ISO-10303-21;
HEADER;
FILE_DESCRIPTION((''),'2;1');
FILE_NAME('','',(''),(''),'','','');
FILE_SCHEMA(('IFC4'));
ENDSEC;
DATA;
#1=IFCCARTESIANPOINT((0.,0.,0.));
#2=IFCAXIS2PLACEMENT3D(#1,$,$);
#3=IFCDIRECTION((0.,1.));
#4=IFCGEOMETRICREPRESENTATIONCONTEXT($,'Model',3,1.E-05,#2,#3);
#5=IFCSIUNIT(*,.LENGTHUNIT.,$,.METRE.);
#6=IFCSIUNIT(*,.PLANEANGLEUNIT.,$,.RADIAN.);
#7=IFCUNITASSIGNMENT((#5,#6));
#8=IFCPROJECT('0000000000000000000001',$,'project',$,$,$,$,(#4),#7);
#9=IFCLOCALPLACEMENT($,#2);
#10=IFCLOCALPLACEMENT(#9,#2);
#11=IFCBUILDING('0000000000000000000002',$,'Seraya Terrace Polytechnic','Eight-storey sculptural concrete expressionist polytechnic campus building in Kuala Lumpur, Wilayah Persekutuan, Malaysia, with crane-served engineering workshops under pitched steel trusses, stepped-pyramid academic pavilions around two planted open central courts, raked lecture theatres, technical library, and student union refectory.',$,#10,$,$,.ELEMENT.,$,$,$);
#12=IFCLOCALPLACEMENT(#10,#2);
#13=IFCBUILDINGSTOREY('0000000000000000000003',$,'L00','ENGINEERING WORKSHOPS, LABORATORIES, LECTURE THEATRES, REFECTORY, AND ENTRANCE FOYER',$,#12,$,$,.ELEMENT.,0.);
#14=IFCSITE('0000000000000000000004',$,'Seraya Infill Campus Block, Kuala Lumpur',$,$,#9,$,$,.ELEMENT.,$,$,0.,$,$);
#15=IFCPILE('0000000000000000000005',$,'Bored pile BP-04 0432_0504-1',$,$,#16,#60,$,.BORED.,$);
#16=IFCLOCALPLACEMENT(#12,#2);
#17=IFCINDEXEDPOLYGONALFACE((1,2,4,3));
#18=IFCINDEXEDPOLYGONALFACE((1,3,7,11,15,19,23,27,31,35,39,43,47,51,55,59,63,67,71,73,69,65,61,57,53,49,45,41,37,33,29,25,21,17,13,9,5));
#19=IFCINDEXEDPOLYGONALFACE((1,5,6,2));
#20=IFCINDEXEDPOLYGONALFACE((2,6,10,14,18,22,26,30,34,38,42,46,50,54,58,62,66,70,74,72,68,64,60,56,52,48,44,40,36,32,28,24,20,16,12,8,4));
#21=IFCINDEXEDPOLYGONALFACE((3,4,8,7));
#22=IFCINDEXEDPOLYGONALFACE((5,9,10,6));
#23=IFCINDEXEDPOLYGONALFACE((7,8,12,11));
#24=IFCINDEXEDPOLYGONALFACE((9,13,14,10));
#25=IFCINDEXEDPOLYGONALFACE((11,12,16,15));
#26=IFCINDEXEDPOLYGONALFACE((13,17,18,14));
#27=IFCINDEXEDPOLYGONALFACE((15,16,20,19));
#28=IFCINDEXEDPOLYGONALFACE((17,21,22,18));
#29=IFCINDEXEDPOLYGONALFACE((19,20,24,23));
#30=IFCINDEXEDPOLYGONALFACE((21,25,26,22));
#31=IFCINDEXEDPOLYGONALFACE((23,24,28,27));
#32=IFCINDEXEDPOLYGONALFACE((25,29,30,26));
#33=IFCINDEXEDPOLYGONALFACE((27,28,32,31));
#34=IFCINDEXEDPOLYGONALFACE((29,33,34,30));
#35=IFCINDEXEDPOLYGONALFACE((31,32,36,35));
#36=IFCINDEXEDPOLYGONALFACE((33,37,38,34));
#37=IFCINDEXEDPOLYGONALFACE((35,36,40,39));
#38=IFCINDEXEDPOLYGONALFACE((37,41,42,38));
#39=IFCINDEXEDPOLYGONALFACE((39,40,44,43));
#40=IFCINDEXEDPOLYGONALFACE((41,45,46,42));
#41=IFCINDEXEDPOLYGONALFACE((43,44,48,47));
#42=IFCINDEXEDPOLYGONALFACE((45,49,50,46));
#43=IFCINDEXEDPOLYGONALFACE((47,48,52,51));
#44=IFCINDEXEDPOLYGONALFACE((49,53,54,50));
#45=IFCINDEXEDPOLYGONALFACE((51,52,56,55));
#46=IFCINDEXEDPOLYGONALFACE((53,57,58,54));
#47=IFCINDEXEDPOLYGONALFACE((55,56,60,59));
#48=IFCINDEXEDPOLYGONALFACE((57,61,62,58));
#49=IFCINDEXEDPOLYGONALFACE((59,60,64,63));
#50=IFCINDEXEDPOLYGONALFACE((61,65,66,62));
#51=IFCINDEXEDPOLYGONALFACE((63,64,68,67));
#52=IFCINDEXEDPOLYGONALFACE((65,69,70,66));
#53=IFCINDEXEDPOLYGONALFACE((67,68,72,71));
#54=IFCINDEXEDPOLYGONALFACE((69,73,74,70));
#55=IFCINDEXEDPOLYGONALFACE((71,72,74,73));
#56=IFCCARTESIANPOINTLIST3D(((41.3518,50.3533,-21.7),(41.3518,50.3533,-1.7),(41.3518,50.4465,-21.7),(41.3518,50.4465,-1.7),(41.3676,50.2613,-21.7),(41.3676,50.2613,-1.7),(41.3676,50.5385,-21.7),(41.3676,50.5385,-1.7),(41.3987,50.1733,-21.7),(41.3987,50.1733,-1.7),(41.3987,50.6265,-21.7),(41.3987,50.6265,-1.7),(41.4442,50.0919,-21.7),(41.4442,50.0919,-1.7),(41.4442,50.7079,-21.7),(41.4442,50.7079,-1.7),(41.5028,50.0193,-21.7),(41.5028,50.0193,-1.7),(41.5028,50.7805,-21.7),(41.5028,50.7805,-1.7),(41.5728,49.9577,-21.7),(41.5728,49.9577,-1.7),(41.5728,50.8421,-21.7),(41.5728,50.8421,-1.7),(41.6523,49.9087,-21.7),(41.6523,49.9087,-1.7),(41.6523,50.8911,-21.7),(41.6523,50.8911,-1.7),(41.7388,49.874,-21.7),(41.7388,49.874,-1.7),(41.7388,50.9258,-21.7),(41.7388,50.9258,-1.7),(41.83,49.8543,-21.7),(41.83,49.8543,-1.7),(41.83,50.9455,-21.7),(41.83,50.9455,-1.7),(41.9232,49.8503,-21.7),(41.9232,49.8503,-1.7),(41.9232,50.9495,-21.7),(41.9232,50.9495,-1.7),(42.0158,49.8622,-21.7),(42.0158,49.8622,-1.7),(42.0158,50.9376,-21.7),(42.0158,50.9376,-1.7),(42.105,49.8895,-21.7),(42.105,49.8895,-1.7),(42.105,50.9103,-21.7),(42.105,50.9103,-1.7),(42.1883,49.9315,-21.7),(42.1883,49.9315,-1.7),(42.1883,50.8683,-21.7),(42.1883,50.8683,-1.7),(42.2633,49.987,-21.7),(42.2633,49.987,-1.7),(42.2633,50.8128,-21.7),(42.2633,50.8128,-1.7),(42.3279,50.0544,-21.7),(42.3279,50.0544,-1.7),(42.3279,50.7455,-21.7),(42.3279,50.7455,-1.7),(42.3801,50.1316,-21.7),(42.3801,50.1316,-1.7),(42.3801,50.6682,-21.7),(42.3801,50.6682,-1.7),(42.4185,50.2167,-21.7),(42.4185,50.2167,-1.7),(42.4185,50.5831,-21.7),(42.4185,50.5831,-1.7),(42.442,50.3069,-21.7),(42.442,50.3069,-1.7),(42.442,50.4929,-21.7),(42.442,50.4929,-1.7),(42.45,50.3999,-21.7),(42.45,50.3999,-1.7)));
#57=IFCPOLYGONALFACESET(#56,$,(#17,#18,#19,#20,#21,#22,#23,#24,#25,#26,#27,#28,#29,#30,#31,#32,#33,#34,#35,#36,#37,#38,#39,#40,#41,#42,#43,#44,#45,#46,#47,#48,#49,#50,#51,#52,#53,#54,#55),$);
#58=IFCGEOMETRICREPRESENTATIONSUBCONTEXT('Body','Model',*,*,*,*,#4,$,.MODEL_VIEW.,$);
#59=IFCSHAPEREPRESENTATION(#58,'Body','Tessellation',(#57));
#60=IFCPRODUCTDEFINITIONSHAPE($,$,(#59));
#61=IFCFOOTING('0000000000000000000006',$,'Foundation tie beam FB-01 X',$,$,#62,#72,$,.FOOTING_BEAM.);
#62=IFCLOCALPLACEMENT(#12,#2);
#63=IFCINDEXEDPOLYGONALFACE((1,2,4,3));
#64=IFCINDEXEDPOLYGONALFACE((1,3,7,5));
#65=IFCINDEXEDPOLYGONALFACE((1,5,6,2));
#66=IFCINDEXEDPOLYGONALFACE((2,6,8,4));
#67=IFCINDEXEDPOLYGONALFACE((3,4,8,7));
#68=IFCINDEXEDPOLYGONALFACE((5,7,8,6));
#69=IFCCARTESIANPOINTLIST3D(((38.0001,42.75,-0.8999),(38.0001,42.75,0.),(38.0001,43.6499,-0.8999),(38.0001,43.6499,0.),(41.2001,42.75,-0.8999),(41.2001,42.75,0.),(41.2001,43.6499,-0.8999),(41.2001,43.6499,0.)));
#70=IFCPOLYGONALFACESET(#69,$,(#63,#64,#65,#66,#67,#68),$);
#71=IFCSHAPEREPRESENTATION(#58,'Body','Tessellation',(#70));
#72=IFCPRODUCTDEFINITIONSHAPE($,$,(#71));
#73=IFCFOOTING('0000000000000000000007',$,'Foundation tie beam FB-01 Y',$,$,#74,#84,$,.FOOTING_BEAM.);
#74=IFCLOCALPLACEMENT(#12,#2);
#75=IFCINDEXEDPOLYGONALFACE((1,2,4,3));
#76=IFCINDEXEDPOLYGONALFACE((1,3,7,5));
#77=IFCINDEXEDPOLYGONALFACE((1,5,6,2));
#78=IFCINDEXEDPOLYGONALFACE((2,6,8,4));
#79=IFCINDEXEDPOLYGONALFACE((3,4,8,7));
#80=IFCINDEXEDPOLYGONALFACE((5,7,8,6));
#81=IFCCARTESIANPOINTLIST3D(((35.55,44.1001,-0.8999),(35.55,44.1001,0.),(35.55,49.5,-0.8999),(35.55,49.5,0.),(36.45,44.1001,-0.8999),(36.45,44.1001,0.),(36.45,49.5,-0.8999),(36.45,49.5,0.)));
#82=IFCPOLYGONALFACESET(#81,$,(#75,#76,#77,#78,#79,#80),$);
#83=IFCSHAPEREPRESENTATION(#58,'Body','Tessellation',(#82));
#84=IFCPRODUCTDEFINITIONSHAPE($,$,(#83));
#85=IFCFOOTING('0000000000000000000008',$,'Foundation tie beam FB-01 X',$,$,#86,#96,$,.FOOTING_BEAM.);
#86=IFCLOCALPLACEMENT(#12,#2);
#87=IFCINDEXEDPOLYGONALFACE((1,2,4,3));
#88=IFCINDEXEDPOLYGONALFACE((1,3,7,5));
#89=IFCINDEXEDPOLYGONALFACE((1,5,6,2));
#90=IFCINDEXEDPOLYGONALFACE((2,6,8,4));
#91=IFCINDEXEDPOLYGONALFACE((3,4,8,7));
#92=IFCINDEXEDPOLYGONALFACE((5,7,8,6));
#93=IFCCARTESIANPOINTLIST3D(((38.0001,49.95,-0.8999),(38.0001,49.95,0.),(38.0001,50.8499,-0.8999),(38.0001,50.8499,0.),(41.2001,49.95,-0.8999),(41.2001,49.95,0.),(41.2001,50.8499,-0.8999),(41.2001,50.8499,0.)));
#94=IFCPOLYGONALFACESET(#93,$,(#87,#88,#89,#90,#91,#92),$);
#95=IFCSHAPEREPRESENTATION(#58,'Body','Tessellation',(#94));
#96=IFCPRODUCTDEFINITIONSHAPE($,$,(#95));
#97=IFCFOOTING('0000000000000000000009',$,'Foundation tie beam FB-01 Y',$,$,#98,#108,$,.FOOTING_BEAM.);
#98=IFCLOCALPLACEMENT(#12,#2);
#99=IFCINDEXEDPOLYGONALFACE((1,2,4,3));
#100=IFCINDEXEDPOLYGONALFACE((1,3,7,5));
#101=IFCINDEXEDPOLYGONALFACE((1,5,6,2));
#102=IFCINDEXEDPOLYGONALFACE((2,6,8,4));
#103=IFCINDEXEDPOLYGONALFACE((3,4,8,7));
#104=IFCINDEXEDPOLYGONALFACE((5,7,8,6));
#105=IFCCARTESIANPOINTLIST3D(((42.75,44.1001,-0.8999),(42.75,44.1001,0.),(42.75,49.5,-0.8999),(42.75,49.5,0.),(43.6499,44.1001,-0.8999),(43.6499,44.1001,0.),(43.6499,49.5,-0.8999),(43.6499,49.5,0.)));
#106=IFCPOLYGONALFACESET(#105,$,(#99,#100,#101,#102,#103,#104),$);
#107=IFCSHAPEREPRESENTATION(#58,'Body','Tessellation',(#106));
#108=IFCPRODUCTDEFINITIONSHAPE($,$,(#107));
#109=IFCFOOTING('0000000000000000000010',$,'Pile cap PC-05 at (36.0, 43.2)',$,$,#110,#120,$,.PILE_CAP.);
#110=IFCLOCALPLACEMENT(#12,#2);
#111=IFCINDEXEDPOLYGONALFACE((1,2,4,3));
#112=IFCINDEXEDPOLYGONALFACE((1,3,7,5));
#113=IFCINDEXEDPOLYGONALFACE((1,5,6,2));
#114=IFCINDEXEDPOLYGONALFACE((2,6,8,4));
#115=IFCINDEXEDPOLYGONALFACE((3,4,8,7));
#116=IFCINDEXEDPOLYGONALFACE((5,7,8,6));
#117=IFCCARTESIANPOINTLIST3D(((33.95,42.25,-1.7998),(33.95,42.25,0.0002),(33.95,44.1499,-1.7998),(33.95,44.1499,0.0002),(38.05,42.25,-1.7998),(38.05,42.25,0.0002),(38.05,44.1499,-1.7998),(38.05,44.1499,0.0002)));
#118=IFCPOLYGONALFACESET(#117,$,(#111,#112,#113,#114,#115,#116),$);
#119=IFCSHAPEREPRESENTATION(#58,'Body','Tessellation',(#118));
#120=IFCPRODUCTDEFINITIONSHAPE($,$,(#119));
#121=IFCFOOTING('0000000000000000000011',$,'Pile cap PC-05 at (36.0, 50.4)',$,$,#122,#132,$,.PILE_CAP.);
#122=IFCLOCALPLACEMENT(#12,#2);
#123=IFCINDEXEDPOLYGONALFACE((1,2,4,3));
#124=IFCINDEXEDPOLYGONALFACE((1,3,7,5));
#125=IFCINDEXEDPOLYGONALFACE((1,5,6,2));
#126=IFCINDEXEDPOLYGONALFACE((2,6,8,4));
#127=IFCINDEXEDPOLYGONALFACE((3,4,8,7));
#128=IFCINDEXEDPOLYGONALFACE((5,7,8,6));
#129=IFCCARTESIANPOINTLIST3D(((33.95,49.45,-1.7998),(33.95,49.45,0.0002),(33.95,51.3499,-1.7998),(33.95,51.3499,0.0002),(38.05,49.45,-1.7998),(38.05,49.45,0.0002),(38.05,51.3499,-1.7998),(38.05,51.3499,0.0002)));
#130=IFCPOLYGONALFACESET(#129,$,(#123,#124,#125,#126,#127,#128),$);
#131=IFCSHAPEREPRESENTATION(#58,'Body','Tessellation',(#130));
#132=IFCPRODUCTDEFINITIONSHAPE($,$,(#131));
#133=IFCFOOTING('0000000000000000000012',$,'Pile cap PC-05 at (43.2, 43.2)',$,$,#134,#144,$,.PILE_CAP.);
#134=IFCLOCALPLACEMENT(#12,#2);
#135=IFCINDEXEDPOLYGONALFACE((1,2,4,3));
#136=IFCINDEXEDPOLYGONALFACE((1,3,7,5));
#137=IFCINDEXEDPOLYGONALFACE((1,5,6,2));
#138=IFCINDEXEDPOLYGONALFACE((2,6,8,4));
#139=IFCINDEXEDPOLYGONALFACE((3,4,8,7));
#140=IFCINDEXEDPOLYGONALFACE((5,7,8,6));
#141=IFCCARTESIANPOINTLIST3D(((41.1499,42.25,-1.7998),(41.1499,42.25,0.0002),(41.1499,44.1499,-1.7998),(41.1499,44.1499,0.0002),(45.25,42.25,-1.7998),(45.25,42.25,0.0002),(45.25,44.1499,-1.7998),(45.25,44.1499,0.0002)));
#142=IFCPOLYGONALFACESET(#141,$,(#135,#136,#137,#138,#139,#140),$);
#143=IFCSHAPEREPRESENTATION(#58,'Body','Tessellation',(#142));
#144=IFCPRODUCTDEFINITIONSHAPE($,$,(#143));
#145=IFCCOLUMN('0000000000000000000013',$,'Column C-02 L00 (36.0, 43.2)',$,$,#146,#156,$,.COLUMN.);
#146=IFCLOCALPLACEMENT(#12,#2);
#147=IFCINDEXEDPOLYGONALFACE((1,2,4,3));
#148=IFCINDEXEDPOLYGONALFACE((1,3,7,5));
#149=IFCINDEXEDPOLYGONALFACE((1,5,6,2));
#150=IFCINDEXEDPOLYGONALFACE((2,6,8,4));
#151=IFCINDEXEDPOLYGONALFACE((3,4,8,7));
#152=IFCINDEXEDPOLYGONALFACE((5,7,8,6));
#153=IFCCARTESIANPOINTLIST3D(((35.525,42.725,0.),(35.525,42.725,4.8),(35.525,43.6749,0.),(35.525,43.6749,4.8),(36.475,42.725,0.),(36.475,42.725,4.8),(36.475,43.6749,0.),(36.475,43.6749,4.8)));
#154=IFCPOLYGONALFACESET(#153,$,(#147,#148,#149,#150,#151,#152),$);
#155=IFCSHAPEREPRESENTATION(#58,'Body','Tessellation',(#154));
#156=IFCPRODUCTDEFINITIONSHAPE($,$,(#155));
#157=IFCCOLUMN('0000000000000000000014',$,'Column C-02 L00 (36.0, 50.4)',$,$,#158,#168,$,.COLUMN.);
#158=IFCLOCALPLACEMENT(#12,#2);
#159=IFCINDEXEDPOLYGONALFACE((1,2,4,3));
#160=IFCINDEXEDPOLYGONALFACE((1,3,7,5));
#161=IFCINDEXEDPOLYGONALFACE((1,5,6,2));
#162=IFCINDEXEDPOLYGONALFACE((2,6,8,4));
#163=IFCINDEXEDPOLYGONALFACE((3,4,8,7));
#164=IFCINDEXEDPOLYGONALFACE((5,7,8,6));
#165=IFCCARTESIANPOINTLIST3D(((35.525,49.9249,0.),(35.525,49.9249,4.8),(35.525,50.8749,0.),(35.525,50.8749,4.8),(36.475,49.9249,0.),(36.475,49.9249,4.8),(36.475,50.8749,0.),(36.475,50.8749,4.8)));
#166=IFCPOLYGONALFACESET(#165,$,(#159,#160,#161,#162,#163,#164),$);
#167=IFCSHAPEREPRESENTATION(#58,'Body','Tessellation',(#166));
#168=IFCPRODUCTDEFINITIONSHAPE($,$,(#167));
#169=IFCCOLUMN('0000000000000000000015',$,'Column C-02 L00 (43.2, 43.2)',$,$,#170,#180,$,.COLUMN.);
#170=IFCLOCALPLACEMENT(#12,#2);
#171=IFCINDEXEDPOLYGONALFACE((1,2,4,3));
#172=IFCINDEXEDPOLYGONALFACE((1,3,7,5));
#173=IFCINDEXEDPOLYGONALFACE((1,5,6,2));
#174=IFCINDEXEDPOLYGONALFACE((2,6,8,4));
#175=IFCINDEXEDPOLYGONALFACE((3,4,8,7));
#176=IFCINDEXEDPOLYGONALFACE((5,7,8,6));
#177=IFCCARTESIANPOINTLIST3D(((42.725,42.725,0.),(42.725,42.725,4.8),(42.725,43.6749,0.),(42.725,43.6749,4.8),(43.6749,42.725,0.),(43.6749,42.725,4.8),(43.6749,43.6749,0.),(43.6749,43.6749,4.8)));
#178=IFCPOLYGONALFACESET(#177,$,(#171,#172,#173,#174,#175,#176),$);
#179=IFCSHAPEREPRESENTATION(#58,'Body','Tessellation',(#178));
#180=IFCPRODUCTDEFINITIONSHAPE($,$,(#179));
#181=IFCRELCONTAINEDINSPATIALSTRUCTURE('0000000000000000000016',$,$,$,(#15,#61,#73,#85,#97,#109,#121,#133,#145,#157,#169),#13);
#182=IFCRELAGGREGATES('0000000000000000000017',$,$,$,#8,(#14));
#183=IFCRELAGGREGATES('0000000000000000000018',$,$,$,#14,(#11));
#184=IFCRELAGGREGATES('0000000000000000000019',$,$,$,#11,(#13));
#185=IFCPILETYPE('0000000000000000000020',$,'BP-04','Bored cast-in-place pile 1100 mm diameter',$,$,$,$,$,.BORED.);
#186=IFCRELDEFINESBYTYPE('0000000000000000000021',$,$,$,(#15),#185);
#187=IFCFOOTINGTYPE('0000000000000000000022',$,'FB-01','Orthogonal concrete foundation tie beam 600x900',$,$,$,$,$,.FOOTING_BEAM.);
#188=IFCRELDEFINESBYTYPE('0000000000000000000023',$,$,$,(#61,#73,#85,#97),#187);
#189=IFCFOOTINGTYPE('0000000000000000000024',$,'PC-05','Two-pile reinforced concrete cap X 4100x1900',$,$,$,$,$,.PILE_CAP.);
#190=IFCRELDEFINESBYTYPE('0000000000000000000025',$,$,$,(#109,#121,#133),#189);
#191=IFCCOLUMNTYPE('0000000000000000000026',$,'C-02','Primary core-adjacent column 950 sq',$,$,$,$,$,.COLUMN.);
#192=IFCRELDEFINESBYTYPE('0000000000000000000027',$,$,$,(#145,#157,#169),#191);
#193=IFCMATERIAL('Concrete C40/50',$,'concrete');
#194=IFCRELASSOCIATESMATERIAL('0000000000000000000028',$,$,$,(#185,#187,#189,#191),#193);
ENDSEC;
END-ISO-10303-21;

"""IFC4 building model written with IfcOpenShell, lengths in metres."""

from ifc_helpers import new_model, si_unit, direction, frame, origin, origin_2d, place, context, subcontext, project, spatial, rectangle, circle, extrude, material, material_profile, profile_set, type_object, element, save


model = new_model("IFC4")

# Units and contexts
model_context = context("Model", 3, precision=1e-05, world=origin(), true_north=direction((0.0, 1.0)))
body_context = subcontext(model_context, "Body", "Model", "MODEL_VIEW")
ifc_project = project(units=[si_unit("LENGTHUNIT", "METRE"), si_unit("PLANEANGLEUNIT", "RADIAN")], contexts=[model_context])

# Site, building, storey
site_placement = place(None, origin())
site = spatial("IfcSite", under=ifc_project, at=site_placement, Name="Seraya Infill Campus Block, Kuala Lumpur", CompositionType="ELEMENT", RefElevation=0.0)
building_placement = place(site_placement, origin())
building = spatial("IfcBuilding", under=site, at=building_placement, Name="Seraya Terrace Polytechnic", Description="Eight-storey sculptural concrete expressionist polytechnic campus building in Kuala Lumpur, Wilayah Persekutuan, Malaysia, with crane-served engineering workshops under pitched steel trusses, stepped-pyramid academic pavilions around two planted open central courts, raked lecture theatres, technical library, and student union refectory.", CompositionType="ELEMENT")
storey_placement = place(building_placement, origin())
storey = spatial("IfcBuildingStorey", under=building, at=storey_placement, Name="L00", Description="ENGINEERING WORKSHOPS, LABORATORIES, LECTURE THEATRES, REFECTORY, AND ENTRANCE FOYER", CompositionType="ELEMENT", Elevation=0.0)

# Pile
ifc_material_1 = material(Name="Concrete C40/50", Category="concrete")
ifc_material_profile_1 = material_profile(ifc_material_1, circle(Radius=0.55, at=origin_2d()), Name="DIA 1100")
ifc_profile_set_1 = profile_set([ifc_material_profile_1], Name="Concrete C40/50")
pile_type = type_object("IfcPileType", Name="BP-04", Description="Bored cast-in-place pile 1100 mm diameter", PredefinedType="BORED", material=ifc_profile_set_1)
for number, where, z_axis, x_axis, name in (
    (1, (41.8999, 50.3999, -1.7), (0.0, 0.0, -1.0), (1.0, 0.0, 0.0), "Bored pile BP-04 0432_0504-1"),
):
    element("IfcPile", number, at=place(storey_placement, frame(where, z_axis=z_axis, x_axis=x_axis)), inside=storey, type_object=pile_type, Name=name, PredefinedType="BORED", context=body_context, shape_type="SweptSolid", body=[
        extrude(circle(Radius=0.55, at=origin_2d()), origin(), (0.0, 0.0, 1.0), 20.0),
    ])

# Footings
footing_type_1 = type_object("IfcFootingType", Name="FB-01", Description="Orthogonal concrete foundation tie beam 600x900", PredefinedType="FOOTING_BEAM", material=ifc_material_1)
footing_1_placement = place(storey_placement, frame((39.6001, 43.2, -0.8999), z_axis=(0.0, 0.0, 1.0), x_axis=(1.0, 0.0, 0.0)))
element("IfcFooting", 2, at=footing_1_placement, inside=storey, type_object=footing_type_1, Name="Foundation tie beam FB-01 X", PredefinedType="FOOTING_BEAM", context=body_context, shape_type="SweptSolid", body=[
    extrude(rectangle(XDim=3.2, YDim=0.8999, at=origin_2d()), origin(), (0.0, 0.0, 1.0), 0.8999),
])
footing_2_placement = place(storey_placement, frame((36.0, 46.8, -0.8999), z_axis=(0.0, 0.0, 1.0), x_axis=(0.0, 1.0, 0.0)))
element("IfcFooting", 3, at=footing_2_placement, inside=storey, type_object=footing_type_1, Name="Foundation tie beam FB-01 Y", PredefinedType="FOOTING_BEAM", context=body_context, shape_type="SweptSolid", body=[
    extrude(rectangle(XDim=5.3999, YDim=0.8999, at=origin_2d()), origin(), (0.0, 0.0, 1.0), 0.8999),
])
footing_3_placement = place(storey_placement, frame((39.6001, 50.3999, -0.8999), z_axis=(0.0, 0.0, 1.0), x_axis=(1.0, 0.0, 0.0)))
element("IfcFooting", 4, at=footing_3_placement, inside=storey, type_object=footing_type_1, Name="Foundation tie beam FB-01 X", PredefinedType="FOOTING_BEAM", context=body_context, shape_type="SweptSolid", body=[
    extrude(rectangle(XDim=3.2, YDim=0.8999, at=origin_2d()), origin(), (0.0, 0.0, 1.0), 0.8999),
])
footing_4_placement = place(storey_placement, frame((43.2, 46.8, -0.8999), z_axis=(0.0, 0.0, 1.0), x_axis=(0.0, 1.0, 0.0)))
element("IfcFooting", 5, at=footing_4_placement, inside=storey, type_object=footing_type_1, Name="Foundation tie beam FB-01 Y", PredefinedType="FOOTING_BEAM", context=body_context, shape_type="SweptSolid", body=[
    extrude(rectangle(XDim=5.3999, YDim=0.8999, at=origin_2d()), origin(), (0.0, 0.0, 1.0), 0.8999),
])
footing_type_2 = type_object("IfcFootingType", Name="PC-05", Description="Two-pile reinforced concrete cap X 4100x1900", PredefinedType="PILE_CAP", material=ifc_material_1)
for number, where, z_axis, x_axis, name in (
    (6, (36.0, 43.2, -1.7998), (0.0, 0.0, 1.0), (1.0, 0.0, 0.0), "Pile cap PC-05 at (36.0, 43.2)"),
    (7, (36.0, 50.3999, -1.7998), (0.0, 0.0, 1.0), (1.0, 0.0, 0.0), "Pile cap PC-05 at (36.0, 50.4)"),
    (8, (43.2, 43.2, -1.7998), (0.0, 0.0, 1.0), (1.0, 0.0, 0.0), "Pile cap PC-05 at (43.2, 43.2)"),
):
    element("IfcFooting", number, at=place(storey_placement, frame(where, z_axis=z_axis, x_axis=x_axis)), inside=storey, type_object=footing_type_2, Name=name, PredefinedType="PILE_CAP", context=body_context, shape_type="SweptSolid", body=[
        extrude(rectangle(XDim=4.1001, YDim=1.8999, at=origin_2d()), origin(), (0.0, 0.0, 1.0), 1.8),
    ])

# Columns
ifc_material_profile_2 = material_profile(ifc_material_1, rectangle(XDim=0.95, YDim=0.95, at=origin_2d()), Name="RC 950x950")
ifc_profile_set_2 = profile_set([ifc_material_profile_2], Name="Concrete C40/50")
column_type = type_object("IfcColumnType", Name="C-02", Description="Primary core-adjacent column 950 sq", PredefinedType="COLUMN", material=ifc_profile_set_2)
for number, where, z_axis, x_axis, name in (
    (9, (36.0, 43.2, 0.0), (0.0, 0.0, 1.0), (1.0, 0.0, 0.0), "Column C-02 L00 (36.0, 43.2)"),
    (10, (36.0, 50.3999, 0.0), (0.0, 0.0, 1.0), (1.0, 0.0, 0.0), "Column C-02 L00 (36.0, 50.4)"),
    (11, (43.2, 43.2, 0.0), (0.0, 0.0, 1.0), (1.0, 0.0, 0.0), "Column C-02 L00 (43.2, 43.2)"),
):
    element("IfcColumn", number, at=place(storey_placement, frame(where, z_axis=z_axis, x_axis=x_axis)), inside=storey, type_object=column_type, Name=name, PredefinedType="COLUMN", context=body_context, shape_type="SweptSolid", body=[
        extrude(rectangle(XDim=0.95, YDim=0.95, at=origin_2d()), origin(), (0.0, 0.0, 1.0), 4.8),
    ])

save(model, "model.ifc")
